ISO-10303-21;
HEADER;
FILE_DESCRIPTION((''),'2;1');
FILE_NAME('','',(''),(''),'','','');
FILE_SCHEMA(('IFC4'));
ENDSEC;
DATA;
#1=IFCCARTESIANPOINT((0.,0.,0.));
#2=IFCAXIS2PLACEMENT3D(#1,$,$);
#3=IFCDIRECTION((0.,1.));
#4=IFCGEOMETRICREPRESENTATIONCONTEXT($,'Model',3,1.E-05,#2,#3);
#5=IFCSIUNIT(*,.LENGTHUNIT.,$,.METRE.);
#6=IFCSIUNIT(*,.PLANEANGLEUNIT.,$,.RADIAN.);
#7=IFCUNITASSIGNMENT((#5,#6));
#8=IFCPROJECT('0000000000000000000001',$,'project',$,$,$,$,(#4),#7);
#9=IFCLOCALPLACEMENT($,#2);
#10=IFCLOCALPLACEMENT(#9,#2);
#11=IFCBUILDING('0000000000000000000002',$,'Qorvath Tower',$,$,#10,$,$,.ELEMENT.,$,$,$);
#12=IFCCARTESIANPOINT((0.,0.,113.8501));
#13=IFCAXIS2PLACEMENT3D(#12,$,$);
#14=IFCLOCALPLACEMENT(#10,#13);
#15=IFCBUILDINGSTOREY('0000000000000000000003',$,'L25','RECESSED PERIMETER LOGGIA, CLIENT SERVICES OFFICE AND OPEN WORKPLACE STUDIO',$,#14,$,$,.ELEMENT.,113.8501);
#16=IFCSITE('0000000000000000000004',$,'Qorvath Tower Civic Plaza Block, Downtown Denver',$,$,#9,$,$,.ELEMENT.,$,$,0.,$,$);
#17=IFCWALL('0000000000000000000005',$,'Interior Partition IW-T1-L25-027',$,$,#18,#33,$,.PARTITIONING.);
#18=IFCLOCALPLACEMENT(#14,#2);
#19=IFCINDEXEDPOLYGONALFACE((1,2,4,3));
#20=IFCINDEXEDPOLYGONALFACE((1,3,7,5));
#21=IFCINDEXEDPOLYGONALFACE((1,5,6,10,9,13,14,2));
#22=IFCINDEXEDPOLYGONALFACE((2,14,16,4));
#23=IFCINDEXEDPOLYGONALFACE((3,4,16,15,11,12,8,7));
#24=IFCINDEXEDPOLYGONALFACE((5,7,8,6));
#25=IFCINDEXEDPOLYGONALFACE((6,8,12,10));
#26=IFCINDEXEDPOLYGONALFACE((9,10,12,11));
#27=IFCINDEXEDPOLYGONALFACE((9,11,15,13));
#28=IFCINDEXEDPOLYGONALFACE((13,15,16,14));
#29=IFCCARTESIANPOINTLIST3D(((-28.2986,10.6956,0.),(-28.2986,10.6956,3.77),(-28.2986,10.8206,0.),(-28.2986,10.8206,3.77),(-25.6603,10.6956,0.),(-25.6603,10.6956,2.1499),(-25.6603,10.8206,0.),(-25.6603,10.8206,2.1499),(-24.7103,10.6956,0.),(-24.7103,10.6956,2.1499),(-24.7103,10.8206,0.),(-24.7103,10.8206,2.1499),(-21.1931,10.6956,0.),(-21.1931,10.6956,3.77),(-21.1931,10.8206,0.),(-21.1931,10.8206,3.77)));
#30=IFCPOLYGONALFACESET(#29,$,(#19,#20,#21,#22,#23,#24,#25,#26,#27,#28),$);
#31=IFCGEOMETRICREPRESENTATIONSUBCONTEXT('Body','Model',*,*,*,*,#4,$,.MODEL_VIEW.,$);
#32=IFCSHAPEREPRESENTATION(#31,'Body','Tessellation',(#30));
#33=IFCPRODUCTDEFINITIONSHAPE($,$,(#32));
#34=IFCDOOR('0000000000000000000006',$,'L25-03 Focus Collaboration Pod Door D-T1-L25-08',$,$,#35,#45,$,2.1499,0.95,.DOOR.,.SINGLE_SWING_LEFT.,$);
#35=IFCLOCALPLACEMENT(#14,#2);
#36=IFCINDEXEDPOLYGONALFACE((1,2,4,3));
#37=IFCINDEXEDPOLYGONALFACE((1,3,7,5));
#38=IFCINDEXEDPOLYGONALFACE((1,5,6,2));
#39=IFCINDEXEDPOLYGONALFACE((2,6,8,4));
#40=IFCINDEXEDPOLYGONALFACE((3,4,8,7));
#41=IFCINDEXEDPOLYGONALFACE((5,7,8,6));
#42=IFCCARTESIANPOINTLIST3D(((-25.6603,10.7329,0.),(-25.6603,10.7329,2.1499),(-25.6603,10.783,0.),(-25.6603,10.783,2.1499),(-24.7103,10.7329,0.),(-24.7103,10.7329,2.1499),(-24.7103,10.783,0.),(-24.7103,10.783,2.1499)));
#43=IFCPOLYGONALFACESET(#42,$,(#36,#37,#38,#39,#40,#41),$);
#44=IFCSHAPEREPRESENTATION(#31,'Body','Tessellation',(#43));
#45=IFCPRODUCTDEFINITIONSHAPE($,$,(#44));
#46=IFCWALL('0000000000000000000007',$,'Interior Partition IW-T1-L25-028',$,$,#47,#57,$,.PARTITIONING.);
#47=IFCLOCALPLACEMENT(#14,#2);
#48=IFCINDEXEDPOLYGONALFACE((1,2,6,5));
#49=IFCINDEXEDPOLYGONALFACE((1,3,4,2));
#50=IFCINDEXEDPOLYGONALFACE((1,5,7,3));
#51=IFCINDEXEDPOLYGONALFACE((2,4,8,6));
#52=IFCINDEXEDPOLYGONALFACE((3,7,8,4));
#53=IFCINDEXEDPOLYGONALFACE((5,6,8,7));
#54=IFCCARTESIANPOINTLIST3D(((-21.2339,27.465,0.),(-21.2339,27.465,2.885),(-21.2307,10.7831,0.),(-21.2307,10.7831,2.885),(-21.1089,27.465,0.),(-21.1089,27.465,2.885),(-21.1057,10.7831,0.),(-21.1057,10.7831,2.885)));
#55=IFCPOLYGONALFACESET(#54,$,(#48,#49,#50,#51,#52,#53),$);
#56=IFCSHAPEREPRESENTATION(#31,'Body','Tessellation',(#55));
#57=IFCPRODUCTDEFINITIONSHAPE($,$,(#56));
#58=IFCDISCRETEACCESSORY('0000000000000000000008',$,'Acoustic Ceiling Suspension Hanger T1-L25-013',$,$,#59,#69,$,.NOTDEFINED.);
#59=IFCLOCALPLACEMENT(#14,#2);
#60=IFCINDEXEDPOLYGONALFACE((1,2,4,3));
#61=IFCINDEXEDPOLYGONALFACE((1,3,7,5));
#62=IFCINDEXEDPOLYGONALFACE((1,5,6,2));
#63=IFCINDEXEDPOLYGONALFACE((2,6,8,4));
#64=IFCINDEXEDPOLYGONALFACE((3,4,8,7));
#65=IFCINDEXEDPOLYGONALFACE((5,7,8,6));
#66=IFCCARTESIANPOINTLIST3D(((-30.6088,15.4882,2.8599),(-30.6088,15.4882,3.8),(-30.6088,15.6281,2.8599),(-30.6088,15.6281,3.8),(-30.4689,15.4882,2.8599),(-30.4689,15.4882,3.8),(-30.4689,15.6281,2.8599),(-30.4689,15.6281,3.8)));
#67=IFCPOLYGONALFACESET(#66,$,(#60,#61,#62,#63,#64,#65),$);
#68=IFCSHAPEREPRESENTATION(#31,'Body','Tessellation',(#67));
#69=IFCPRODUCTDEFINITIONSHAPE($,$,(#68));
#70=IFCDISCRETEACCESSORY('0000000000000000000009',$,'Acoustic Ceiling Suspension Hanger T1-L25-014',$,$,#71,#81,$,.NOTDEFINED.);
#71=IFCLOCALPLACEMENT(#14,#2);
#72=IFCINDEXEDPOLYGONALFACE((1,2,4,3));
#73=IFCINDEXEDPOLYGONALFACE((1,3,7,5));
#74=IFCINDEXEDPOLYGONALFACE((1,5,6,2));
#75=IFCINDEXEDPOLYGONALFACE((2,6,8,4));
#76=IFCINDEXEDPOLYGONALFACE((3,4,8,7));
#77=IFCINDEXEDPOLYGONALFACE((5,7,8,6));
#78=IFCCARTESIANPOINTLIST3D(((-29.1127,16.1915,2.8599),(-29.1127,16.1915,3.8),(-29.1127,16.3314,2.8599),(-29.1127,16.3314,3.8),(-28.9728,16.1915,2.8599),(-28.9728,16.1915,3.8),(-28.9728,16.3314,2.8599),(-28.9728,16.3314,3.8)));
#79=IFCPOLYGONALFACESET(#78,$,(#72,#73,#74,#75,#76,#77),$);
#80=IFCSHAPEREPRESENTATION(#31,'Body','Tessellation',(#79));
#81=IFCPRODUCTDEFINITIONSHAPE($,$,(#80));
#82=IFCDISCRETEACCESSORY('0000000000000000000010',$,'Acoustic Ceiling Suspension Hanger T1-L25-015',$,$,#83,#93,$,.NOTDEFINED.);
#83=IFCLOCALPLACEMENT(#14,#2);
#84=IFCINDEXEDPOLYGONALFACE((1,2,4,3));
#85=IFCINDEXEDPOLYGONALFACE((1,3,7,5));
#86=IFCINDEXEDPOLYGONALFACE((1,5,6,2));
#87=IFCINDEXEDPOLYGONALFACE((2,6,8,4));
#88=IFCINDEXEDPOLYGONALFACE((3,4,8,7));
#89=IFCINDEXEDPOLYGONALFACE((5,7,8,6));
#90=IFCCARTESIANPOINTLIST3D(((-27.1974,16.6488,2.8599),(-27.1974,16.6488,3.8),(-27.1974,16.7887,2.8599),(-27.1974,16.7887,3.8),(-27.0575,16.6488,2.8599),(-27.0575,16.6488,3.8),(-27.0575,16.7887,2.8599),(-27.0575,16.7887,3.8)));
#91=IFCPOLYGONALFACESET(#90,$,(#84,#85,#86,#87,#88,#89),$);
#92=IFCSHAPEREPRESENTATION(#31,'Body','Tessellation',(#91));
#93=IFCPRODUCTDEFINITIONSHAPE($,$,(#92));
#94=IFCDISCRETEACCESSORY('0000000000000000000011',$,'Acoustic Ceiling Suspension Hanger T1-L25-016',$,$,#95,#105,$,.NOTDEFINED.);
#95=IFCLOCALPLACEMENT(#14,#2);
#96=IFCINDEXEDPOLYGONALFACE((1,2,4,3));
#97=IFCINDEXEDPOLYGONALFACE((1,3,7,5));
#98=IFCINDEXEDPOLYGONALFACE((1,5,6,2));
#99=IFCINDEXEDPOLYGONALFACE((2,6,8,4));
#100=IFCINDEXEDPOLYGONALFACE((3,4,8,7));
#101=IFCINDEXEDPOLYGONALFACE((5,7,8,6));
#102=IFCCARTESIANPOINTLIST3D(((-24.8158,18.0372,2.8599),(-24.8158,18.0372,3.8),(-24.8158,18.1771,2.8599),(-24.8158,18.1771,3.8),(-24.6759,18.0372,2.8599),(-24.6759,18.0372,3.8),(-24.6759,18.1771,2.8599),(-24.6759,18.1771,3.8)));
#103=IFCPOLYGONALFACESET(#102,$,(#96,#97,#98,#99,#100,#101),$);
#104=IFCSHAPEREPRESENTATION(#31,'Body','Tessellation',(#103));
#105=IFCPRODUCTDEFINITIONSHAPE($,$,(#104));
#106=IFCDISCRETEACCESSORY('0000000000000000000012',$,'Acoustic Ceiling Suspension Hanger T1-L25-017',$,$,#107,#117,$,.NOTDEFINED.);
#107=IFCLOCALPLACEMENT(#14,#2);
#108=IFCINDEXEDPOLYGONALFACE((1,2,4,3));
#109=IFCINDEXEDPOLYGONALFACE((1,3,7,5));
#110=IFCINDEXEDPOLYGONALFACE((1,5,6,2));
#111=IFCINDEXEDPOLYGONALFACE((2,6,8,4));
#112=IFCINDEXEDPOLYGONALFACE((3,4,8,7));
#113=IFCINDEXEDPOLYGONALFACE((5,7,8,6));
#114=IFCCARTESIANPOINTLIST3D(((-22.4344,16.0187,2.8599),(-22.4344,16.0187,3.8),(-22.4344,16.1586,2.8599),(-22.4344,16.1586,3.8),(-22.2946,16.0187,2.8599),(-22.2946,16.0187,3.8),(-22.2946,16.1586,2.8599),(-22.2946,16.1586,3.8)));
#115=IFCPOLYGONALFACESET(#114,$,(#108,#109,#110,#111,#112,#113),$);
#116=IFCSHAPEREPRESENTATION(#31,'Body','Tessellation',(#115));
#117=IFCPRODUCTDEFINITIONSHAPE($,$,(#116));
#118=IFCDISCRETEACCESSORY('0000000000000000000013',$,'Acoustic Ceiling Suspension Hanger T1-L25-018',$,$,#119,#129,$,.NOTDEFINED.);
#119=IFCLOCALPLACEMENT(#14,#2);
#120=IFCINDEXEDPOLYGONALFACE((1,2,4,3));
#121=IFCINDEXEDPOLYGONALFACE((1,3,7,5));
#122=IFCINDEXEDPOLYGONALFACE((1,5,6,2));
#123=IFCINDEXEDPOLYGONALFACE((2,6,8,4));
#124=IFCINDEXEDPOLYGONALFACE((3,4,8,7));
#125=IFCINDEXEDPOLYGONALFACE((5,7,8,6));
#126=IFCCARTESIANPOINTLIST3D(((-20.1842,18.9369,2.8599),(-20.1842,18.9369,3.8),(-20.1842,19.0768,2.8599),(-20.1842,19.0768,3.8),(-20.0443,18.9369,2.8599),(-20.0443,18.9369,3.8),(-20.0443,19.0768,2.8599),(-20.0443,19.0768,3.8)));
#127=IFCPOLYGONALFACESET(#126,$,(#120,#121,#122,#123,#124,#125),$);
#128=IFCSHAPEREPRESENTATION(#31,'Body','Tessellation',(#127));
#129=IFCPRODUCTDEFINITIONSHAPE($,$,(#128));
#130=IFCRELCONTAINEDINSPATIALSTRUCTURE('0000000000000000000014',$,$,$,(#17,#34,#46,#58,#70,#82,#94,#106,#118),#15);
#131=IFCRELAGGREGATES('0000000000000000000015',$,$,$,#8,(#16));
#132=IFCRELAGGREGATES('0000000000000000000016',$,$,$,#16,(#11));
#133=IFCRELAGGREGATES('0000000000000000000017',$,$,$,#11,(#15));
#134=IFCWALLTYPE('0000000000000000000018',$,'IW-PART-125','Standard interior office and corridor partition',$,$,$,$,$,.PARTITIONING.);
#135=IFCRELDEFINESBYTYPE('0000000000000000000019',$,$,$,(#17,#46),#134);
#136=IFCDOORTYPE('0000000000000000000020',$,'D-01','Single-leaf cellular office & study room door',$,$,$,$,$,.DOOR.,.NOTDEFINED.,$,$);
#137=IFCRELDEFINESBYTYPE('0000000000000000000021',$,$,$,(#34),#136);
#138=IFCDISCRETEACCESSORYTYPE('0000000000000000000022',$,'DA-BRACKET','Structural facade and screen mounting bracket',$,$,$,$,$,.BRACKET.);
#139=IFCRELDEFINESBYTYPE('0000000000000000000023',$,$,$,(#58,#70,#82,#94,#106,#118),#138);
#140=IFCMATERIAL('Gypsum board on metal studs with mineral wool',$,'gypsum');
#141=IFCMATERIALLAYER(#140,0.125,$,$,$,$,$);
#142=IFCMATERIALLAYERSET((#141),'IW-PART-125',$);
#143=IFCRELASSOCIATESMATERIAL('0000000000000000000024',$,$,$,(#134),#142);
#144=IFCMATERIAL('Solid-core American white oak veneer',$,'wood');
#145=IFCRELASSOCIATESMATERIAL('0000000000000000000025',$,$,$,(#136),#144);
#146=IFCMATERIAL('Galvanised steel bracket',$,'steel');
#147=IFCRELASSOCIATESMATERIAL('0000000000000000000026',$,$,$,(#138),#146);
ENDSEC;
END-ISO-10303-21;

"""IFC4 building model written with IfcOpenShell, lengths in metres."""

from ifc_helpers import new_model, si_unit, direction, frame, frame_2d, origin, origin_2d, place, context, subcontext, project, spatial, rectangle, extrude, material, layer, layer_set, type_object, element, fill, save


model = new_model("IFC4")

# Units and contexts
model_context = context("Model", 3, precision=1e-05, world=origin(), true_north=direction((0.0, 1.0)))
body_context = subcontext(model_context, "Body", "Model", "MODEL_VIEW")
ifc_project = project(units=[si_unit("LENGTHUNIT", "METRE"), si_unit("PLANEANGLEUNIT", "RADIAN")], contexts=[model_context])

# Site, building, storey
site_placement = place(None, origin())
site = spatial("IfcSite", under=ifc_project, at=site_placement, Name="Qorvath Tower Civic Plaza Block, Downtown Denver", CompositionType="ELEMENT", RefElevation=0.0)
building_placement = place(site_placement, origin())
building = spatial("IfcBuilding", under=site, at=building_placement, Name="Qorvath Tower", CompositionType="ELEMENT")
storey_placement = place(building_placement, frame((0.0, 0.0, 113.8501)))
storey = spatial("IfcBuildingStorey", under=building, at=storey_placement, Name="L25", Description="RECESSED PERIMETER LOGGIA, CLIENT SERVICES OFFICE AND OPEN WORKPLACE STUDIO", CompositionType="ELEMENT", Elevation=113.8501)

# Wall, opening, door
ifc_material_1 = material(Name="Gypsum board on metal studs with mineral wool", Category="gypsum")
ifc_layer_1 = layer(ifc_material_1, 0.125)
ifc_layer_set_1 = layer_set([ifc_layer_1], Name="IW-PART-125")
wall_type_1 = type_object("IfcWallType", Name="IW-PART-125", Description="Standard interior office and corridor partition", PredefinedType="PARTITIONING", material=ifc_layer_set_1)
wall_1_placement = place(storey_placement, frame((-28.2986, 10.7581, 0.0), z_axis=(0.0, 0.0, 1.0), x_axis=(1.0, 0.0, 0.0)))
wall_1 = element("IfcWall", 1, at=wall_1_placement, inside=storey, type_object=wall_type_1, Name="Interior Partition IW-T1-L25-027", PredefinedType="PARTITIONING", context=body_context, shape_type="SweptSolid", body=[
    extrude(rectangle(XDim=7.1055, YDim=0.125, at=frame_2d((3.5527, 0.0))), origin(), (0.0, 0.0, 1.0), 3.77),
])
opening_1_placement = place(wall_1_placement, frame((2.6382, 0.0, 0.0)))
opening_1 = element("IfcOpeningElement", 2, at=opening_1_placement, cuts=wall_1, PredefinedType="OPENING", context=body_context, shape_type="SweptSolid", body=[
    extrude(rectangle(XDim=0.95, YDim=2.1499, at=frame_2d((0.4751, 1.075))), frame((0.0, 0.0725, 0.0), z_axis=(0.0, -1.0, 0.0), x_axis=(1.0, 0.0, 0.0)), (0.0, 0.0, 1.0), 0.145),
])
ifc_material_2 = material(Name="Solid-core American white oak veneer", Category="wood")
door_type_1 = type_object("IfcDoorType", Name="D-01", Description="Single-leaf cellular office & study room door", OperationType="NOTDEFINED", PredefinedType="DOOR", material=ifc_material_2)
door_1_placement = place(opening_1_placement, origin())
door_1 = element("IfcDoor", 3, at=door_1_placement, inside=storey, type_object=door_type_1, Name="L25-03 Focus Collaboration Pod Door D-T1-L25-08", OperationType="SINGLE_SWING_LEFT", OverallHeight=2.1499, OverallWidth=0.95, PredefinedType="DOOR", context=body_context, shape_type="SweptSolid", body=[
    extrude(rectangle(XDim=0.95, YDim=2.1499, at=frame_2d((0.4751, 1.075))), frame((0.0, 0.0249, 0.0), z_axis=(0.0, -1.0, 0.0), x_axis=(1.0, 0.0, 0.0)), (0.0, 0.0, 1.0), 0.05),
])
fill(opening_1, door_1)

# Wall
wall_2_placement = place(storey_placement, frame((-21.1682, 10.7832, 0.0), z_axis=(0.0, 0.0, 1.0), x_axis=(-0.00019, 1.0, 0.0)))
element("IfcWall", 4, at=wall_2_placement, inside=storey, type_object=wall_type_1, Name="Interior Partition IW-T1-L25-028", PredefinedType="PARTITIONING", context=body_context, shape_type="SweptSolid", body=[
    extrude(rectangle(XDim=16.6819, YDim=0.125, at=frame_2d((8.3408, 0.0))), origin(), (0.0, 0.0, 1.0), 2.885),
])

# Discrete accessories
ifc_material_3 = material(Name="Galvanised steel bracket", Category="steel")
discrete_accessory_type = type_object("IfcDiscreteAccessoryType", Name="DA-BRACKET", Description="Structural facade and screen mounting bracket", PredefinedType="BRACKET", material=ifc_material_3)
for number, where, z_axis, x_axis, name in (
    (5, (-30.5388, 15.5581, 2.8599), (0.0, 0.0, 1.0), (1.0, 0.0, 0.0), "Acoustic Ceiling Suspension Hanger T1-L25-013"),
    (6, (-29.0427, 16.2615, 2.8599), (0.0, 0.0, 1.0), (1.0, 0.0, 0.0), "Acoustic Ceiling Suspension Hanger T1-L25-014"),
    (7, (-27.1274, 16.7188, 2.8599), (0.0, 0.0, 1.0), (1.0, 0.0, 0.0), "Acoustic Ceiling Suspension Hanger T1-L25-015"),
    (8, (-24.7458, 18.1072, 2.8599), (0.0, 0.0, 1.0), (1.0, 0.0, 0.0), "Acoustic Ceiling Suspension Hanger T1-L25-016"),
    (9, (-22.3645, 16.0886, 2.8599), (0.0, 0.0, 1.0), (1.0, 0.0, 0.0), "Acoustic Ceiling Suspension Hanger T1-L25-017"),
    (10, (-20.1143, 19.0068, 2.8599), (0.0, 0.0, 1.0), (1.0, 0.0, 0.0), "Acoustic Ceiling Suspension Hanger T1-L25-018"),
):
    element("IfcDiscreteAccessory", number, at=place(storey_placement, frame(where, z_axis=z_axis, x_axis=x_axis)), inside=storey, type_object=discrete_accessory_type, Name=name, PredefinedType="NOTDEFINED", context=body_context, shape_type="SweptSolid", body=[
        extrude(rectangle(XDim=0.1399, YDim=0.1399, at=origin_2d()), origin(), (0.0, 0.0, 1.0), 0.9402),
    ])

save(model, "model.ifc")
